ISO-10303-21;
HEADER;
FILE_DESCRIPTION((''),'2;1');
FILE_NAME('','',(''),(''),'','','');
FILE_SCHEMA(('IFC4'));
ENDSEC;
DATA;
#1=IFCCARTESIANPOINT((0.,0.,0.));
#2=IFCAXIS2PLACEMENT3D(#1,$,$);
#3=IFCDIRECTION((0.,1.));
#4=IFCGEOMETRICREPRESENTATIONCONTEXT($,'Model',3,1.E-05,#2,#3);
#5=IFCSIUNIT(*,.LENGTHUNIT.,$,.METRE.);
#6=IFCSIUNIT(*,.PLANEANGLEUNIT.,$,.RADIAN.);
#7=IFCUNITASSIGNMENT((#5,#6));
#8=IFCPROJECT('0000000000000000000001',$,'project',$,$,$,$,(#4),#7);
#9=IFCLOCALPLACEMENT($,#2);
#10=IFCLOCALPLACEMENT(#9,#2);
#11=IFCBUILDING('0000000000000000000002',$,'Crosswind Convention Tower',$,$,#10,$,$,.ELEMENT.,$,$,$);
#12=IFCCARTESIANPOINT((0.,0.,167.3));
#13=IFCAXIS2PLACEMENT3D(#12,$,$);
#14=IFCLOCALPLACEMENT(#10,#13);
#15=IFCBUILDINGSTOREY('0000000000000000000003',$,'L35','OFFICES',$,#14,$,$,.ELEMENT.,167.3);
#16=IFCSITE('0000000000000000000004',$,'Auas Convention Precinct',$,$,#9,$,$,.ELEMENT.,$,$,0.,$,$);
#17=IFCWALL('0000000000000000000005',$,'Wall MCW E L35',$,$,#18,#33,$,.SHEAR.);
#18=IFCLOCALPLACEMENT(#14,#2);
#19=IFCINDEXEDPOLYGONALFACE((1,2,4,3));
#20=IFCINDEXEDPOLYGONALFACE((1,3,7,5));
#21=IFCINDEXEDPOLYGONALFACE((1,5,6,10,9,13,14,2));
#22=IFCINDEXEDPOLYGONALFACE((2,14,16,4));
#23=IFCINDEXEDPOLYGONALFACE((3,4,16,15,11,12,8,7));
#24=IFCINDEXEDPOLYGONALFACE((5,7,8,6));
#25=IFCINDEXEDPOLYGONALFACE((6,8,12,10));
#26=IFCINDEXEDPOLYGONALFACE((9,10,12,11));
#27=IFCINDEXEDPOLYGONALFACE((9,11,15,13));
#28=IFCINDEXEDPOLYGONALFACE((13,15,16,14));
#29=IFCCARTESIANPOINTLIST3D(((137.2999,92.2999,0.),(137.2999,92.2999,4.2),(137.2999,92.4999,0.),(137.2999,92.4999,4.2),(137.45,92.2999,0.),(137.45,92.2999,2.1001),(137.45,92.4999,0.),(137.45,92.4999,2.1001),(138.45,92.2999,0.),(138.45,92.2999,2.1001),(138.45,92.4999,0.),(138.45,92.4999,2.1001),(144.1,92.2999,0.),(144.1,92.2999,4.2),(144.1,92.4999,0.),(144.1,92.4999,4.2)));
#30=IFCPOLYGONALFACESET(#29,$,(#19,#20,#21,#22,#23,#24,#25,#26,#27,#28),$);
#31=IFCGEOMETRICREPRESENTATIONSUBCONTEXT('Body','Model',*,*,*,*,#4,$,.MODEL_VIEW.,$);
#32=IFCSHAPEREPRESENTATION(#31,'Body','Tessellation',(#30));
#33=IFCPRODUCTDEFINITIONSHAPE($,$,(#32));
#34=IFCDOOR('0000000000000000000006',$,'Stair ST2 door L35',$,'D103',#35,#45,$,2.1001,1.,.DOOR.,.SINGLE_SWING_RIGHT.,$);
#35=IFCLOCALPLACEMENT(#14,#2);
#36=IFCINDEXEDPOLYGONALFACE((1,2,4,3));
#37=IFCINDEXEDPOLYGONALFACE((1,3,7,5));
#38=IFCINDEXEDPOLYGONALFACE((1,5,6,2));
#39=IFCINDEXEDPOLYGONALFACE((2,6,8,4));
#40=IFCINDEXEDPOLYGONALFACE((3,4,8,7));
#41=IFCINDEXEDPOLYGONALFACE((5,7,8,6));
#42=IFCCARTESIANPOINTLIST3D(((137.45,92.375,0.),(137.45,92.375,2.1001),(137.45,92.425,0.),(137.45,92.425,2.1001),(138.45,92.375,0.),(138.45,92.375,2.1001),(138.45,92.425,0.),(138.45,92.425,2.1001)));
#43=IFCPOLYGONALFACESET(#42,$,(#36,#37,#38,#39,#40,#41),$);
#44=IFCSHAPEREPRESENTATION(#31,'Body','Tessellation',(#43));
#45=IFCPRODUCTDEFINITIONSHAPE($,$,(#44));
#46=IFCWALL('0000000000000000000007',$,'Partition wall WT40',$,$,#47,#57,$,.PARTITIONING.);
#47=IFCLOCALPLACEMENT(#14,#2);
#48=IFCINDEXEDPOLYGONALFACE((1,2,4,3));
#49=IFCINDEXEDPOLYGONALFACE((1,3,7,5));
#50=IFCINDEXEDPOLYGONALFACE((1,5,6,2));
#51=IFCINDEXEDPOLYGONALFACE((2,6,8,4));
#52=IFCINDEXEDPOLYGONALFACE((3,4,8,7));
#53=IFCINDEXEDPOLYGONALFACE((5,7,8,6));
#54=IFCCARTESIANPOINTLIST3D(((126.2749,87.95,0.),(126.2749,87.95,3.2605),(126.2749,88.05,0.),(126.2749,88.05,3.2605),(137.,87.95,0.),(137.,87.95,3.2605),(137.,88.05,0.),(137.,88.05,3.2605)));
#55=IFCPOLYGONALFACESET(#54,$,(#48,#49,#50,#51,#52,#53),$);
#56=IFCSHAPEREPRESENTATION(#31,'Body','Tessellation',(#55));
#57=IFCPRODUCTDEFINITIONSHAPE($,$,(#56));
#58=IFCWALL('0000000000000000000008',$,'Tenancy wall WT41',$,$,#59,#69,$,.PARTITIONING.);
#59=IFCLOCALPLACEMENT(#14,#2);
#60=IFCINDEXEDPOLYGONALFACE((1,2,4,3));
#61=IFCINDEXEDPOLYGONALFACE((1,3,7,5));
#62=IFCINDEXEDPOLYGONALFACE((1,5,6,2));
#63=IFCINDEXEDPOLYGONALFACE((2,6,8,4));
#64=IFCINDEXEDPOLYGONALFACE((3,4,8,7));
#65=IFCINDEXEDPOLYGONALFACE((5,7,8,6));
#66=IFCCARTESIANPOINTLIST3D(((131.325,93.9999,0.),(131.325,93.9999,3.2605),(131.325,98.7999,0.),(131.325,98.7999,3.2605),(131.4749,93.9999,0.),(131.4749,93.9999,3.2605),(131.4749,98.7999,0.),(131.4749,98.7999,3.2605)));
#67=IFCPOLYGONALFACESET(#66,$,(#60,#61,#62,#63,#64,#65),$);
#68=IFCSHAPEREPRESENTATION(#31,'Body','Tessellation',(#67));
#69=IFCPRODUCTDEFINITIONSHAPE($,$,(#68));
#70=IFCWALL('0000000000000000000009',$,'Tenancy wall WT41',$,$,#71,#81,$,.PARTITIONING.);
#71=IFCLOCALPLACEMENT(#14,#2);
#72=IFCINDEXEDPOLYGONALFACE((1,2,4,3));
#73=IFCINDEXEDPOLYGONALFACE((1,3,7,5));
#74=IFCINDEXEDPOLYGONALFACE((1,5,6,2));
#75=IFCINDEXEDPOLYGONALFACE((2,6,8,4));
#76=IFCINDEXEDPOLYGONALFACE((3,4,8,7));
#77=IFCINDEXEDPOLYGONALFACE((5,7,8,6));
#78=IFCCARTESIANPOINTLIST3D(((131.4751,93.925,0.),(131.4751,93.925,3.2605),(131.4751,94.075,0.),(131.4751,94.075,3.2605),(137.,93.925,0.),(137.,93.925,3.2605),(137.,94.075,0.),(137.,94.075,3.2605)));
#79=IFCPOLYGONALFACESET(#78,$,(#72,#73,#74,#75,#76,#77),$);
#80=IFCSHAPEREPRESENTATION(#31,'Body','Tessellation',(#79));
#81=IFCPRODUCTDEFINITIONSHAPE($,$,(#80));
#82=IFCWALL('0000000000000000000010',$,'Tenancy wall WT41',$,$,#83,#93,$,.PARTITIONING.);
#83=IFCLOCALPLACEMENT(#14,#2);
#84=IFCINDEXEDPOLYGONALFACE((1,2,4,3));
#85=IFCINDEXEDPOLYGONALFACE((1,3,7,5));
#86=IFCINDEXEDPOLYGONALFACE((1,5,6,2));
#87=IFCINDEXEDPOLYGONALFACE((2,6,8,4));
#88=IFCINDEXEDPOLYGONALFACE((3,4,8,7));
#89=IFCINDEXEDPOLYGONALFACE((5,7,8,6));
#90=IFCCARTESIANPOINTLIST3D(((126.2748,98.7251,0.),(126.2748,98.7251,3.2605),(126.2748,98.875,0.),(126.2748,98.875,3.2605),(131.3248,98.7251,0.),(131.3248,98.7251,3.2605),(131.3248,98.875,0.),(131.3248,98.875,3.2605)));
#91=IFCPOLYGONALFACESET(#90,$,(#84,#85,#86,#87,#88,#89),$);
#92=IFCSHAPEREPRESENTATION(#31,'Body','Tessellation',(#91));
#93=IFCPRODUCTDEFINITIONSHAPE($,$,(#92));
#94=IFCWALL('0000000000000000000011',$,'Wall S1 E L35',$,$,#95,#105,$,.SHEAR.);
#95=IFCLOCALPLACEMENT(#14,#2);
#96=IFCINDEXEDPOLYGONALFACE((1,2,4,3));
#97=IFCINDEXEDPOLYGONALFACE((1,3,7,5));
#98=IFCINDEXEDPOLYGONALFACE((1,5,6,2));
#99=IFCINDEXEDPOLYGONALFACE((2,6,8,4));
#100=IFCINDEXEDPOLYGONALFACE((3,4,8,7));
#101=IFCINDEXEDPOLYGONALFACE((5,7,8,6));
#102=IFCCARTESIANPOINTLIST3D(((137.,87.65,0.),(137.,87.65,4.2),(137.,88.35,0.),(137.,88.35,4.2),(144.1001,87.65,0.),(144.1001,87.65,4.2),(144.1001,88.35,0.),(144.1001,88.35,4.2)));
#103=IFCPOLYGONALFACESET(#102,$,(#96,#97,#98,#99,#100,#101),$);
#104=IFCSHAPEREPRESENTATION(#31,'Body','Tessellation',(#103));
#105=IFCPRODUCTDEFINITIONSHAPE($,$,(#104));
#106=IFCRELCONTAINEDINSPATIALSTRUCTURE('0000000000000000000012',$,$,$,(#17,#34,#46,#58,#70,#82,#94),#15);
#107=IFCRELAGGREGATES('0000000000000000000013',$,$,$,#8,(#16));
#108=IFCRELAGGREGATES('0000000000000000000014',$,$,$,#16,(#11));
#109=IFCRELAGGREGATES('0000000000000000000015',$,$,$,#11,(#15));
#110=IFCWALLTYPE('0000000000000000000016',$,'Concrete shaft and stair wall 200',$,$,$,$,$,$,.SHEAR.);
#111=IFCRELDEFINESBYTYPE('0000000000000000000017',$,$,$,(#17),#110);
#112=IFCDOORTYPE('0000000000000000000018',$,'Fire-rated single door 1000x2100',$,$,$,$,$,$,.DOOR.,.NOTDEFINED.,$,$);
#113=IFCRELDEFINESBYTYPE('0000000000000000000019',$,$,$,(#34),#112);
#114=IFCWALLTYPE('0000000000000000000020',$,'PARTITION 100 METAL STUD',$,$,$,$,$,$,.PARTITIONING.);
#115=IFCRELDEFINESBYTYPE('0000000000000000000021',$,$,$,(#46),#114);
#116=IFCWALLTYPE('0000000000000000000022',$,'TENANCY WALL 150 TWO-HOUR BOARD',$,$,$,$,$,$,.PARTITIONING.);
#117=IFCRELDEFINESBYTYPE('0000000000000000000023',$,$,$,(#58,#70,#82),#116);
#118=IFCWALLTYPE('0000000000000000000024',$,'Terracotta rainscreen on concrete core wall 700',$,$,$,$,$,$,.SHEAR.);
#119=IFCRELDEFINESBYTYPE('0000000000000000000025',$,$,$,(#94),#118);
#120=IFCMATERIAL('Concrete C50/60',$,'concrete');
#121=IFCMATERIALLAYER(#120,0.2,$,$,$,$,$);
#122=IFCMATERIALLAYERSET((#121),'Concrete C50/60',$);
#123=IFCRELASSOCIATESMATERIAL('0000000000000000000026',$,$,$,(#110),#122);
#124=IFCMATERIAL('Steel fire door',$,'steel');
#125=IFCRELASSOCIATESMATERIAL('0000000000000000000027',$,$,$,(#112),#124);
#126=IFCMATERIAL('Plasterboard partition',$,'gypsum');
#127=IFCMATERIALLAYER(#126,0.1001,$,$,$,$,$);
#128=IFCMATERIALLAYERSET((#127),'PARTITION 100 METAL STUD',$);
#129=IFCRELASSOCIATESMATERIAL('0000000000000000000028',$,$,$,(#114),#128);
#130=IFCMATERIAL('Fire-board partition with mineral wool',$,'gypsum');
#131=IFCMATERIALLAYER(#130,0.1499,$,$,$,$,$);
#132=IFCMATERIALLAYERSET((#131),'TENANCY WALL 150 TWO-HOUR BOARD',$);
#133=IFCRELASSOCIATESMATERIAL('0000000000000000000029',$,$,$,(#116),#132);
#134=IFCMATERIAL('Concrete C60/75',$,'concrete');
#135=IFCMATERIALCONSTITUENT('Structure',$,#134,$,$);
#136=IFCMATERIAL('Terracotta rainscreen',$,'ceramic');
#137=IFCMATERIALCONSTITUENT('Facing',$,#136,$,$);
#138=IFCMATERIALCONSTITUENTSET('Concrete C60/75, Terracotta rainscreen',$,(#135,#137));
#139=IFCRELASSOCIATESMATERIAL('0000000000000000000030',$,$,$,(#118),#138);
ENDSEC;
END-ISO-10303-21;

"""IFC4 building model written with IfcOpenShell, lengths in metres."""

from ifc_helpers import new_model, si_unit, direction, frame, frame_2d, origin, place, context, subcontext, project, spatial, rectangle, extrude, material, layer, layer_set, constituent, constituent_set, type_object, element, fill, save


model = new_model("IFC4")

# Units and contexts
model_context = context("Model", 3, precision=1e-05, world=origin(), true_north=direction((0.0, 1.0)))
body_context = subcontext(model_context, "Body", "Model", "MODEL_VIEW")
ifc_project = project(units=[si_unit("LENGTHUNIT", "METRE"), si_unit("PLANEANGLEUNIT", "RADIAN")], contexts=[model_context])

# Site, building, storey
site_placement = place(None, origin())
site = spatial("IfcSite", under=ifc_project, at=site_placement, Name="Auas Convention Precinct", CompositionType="ELEMENT", RefElevation=0.0)
building_placement = place(site_placement, origin())
building = spatial("IfcBuilding", under=site, at=building_placement, Name="Crosswind Convention Tower", CompositionType="ELEMENT")
storey_placement = place(building_placement, frame((0.0, 0.0, 167.3)))
storey = spatial("IfcBuildingStorey", under=building, at=storey_placement, Name="L35", Description="OFFICES", CompositionType="ELEMENT", Elevation=167.3)

# Shared definitions
ifc_material_1 = material(Name="Concrete C60/75", Category="concrete")

# Shared definitions
ifc_material_2 = material(Name="Concrete C50/60", Category="concrete")

# Wall, opening, door
ifc_layer_1 = layer(ifc_material_2, 0.2)
ifc_layer_set_1 = layer_set([ifc_layer_1], Name="Concrete C50/60")
wall_type_1 = type_object("IfcWallType", Name="Concrete shaft and stair wall 200", PredefinedType="SHEAR", material=ifc_layer_set_1)
ifc_material_3 = material(Name="Steel fire door", Category="steel")
wall_1_placement = place(storey_placement, frame((137.3, 92.3999, 0.0), z_axis=(0.0, 0.0, 1.0), x_axis=(1.0, 0.0, 0.0)))
wall_1 = element("IfcWall", 1, at=wall_1_placement, inside=storey, type_object=wall_type_1, Name="Wall MCW E L35", PredefinedType="SHEAR", context=body_context, shape_type="SweptSolid", body=[
    extrude(rectangle(XDim=6.8, YDim=0.2, at=frame_2d((3.3999, 0.0))), origin(), (0.0, 0.0, 1.0), 4.2),
])
opening_1_placement = place(wall_1_placement, frame((0.1499, 0.0, 0.0)))
opening_1 = element("IfcOpeningElement", 2, at=opening_1_placement, cuts=wall_1, PredefinedType="OPENING", context=body_context, shape_type="SweptSolid", body=[
    extrude(rectangle(XDim=1.0, YDim=2.1001, at=frame_2d((0.5, 1.05))), frame((0.0, 0.1099, 0.0), z_axis=(0.0, -1.0, 0.0), x_axis=(1.0, 0.0, 0.0)), (0.0, 0.0, 1.0), 0.22),
])
door_type_1 = type_object("IfcDoorType", Name="Fire-rated single door 1000x2100", OperationType="NOTDEFINED", PredefinedType="DOOR", material=ifc_material_3)
door_1_placement = place(opening_1_placement, frame((1.0, 0.0, 0.0), z_axis=(0.0, 0.0, 1.0), x_axis=(-1.0, 0.0, 0.0)))
door_1 = element("IfcDoor", 3, at=door_1_placement, inside=storey, type_object=door_type_1, Name="Stair ST2 door L35", ObjectType="D103", OperationType="SINGLE_SWING_RIGHT", OverallHeight=2.1001, OverallWidth=1.0, PredefinedType="DOOR", context=body_context, shape_type="SweptSolid", body=[
    extrude(rectangle(XDim=1.0, YDim=2.1001, at=frame_2d((0.5, 1.05))), frame((0.0, 0.0249, 0.0), z_axis=(0.0, -1.0, 0.0), x_axis=(1.0, 0.0, 0.0)), (0.0, 0.0, 1.0), 0.05),
])
fill(opening_1, door_1)

# Walls
ifc_material_4 = material(Name="Plasterboard partition", Category="gypsum")
ifc_layer_2 = layer(ifc_material_4, 0.1001)
ifc_layer_set_2 = layer_set([ifc_layer_2], Name="PARTITION 100 METAL STUD")
wall_type_2 = type_object("IfcWallType", Name="PARTITION 100 METAL STUD", PredefinedType="PARTITIONING", material=ifc_layer_set_2)
wall_2_placement = place(storey_placement, frame((126.2749, 88.0, 0.0), z_axis=(0.0, 0.0, 1.0), x_axis=(1.0, 0.0, 0.0)))
element("IfcWall", 4, at=wall_2_placement, inside=storey, type_object=wall_type_2, Name="Partition wall WT40", PredefinedType="PARTITIONING", context=body_context, shape_type="SweptSolid", body=[
    extrude(rectangle(XDim=10.7251, YDim=0.1001, at=frame_2d((5.3625, 0.0))), origin(), (0.0, 0.0, 1.0), 3.2605),
])
ifc_material_5 = material(Name="Fire-board partition with mineral wool", Category="gypsum")
ifc_layer_3 = layer(ifc_material_5, 0.1499)
ifc_layer_set_3 = layer_set([ifc_layer_3], Name="TENANCY WALL 150 TWO-HOUR BOARD")
wall_type_3 = type_object("IfcWallType", Name="TENANCY WALL 150 TWO-HOUR BOARD", PredefinedType="PARTITIONING", material=ifc_layer_set_3)
wall_3_placement = place(storey_placement, frame((131.3999, 94.0, 0.0), z_axis=(0.0, 0.0, 1.0), x_axis=(0.0, 1.0, 0.0)))
element("IfcWall", 5, at=wall_3_placement, inside=storey, type_object=wall_type_3, Name="Tenancy wall WT41", PredefinedType="PARTITIONING", context=body_context, shape_type="SweptSolid", body=[
    extrude(rectangle(XDim=4.8, YDim=0.1499, at=frame_2d((2.3999, 0.0))), origin(), (0.0, 0.0, 1.0), 3.2605),
])
wall_4_placement = place(storey_placement, frame((131.4751, 94.0, 0.0), z_axis=(0.0, 0.0, 1.0), x_axis=(1.0, 0.0, 0.0)))
element("IfcWall", 6, at=wall_4_placement, inside=storey, type_object=wall_type_3, Name="Tenancy wall WT41", PredefinedType="PARTITIONING", context=body_context, shape_type="SweptSolid", body=[
    extrude(rectangle(XDim=5.5249, YDim=0.1499, at=frame_2d((2.7625, 0.0))), origin(), (0.0, 0.0, 1.0), 3.2605),
])
wall_5_placement = place(storey_placement, frame((126.2749, 98.8, 0.0), z_axis=(0.0, 0.0, 1.0), x_axis=(1.0, 0.0, 0.0)))
element("IfcWall", 7, at=wall_5_placement, inside=storey, type_object=wall_type_3, Name="Tenancy wall WT41", PredefinedType="PARTITIONING", context=body_context, shape_type="SweptSolid", body=[
    extrude(rectangle(XDim=5.05, YDim=0.1499, at=frame_2d((2.5249, 0.0))), origin(), (0.0, 0.0, 1.0), 3.2605),
])
ifc_constituent_1 = constituent(ifc_material_1, Name="Structure")
ifc_material_6 = material(Name="Terracotta rainscreen", Category="ceramic")
ifc_constituent_2 = constituent(ifc_material_6, Name="Facing")
ifc_constituent_set = constituent_set(constituents=[ifc_constituent_1, ifc_constituent_2], Name="Concrete C60/75, Terracotta rainscreen")
wall_type_4 = type_object("IfcWallType", Name="Terracotta rainscreen on concrete core wall 700", PredefinedType="SHEAR", material=ifc_constituent_set)
wall_6_placement = place(storey_placement, frame((137.0, 88.0, 0.0), z_axis=(0.0, 0.0, 1.0), x_axis=(1.0, 0.0, 0.0)))
element("IfcWall", 8, at=wall_6_placement, inside=storey, type_object=wall_type_4, Name="Wall S1 E L35", PredefinedType="SHEAR", context=body_context, shape_type="SweptSolid", body=[
    extrude(rectangle(XDim=7.1001, YDim=0.7, at=frame_2d((3.55, 0.0))), origin(), (0.0, 0.0, 1.0), 4.2),
])

save(model, "model.ifc")
